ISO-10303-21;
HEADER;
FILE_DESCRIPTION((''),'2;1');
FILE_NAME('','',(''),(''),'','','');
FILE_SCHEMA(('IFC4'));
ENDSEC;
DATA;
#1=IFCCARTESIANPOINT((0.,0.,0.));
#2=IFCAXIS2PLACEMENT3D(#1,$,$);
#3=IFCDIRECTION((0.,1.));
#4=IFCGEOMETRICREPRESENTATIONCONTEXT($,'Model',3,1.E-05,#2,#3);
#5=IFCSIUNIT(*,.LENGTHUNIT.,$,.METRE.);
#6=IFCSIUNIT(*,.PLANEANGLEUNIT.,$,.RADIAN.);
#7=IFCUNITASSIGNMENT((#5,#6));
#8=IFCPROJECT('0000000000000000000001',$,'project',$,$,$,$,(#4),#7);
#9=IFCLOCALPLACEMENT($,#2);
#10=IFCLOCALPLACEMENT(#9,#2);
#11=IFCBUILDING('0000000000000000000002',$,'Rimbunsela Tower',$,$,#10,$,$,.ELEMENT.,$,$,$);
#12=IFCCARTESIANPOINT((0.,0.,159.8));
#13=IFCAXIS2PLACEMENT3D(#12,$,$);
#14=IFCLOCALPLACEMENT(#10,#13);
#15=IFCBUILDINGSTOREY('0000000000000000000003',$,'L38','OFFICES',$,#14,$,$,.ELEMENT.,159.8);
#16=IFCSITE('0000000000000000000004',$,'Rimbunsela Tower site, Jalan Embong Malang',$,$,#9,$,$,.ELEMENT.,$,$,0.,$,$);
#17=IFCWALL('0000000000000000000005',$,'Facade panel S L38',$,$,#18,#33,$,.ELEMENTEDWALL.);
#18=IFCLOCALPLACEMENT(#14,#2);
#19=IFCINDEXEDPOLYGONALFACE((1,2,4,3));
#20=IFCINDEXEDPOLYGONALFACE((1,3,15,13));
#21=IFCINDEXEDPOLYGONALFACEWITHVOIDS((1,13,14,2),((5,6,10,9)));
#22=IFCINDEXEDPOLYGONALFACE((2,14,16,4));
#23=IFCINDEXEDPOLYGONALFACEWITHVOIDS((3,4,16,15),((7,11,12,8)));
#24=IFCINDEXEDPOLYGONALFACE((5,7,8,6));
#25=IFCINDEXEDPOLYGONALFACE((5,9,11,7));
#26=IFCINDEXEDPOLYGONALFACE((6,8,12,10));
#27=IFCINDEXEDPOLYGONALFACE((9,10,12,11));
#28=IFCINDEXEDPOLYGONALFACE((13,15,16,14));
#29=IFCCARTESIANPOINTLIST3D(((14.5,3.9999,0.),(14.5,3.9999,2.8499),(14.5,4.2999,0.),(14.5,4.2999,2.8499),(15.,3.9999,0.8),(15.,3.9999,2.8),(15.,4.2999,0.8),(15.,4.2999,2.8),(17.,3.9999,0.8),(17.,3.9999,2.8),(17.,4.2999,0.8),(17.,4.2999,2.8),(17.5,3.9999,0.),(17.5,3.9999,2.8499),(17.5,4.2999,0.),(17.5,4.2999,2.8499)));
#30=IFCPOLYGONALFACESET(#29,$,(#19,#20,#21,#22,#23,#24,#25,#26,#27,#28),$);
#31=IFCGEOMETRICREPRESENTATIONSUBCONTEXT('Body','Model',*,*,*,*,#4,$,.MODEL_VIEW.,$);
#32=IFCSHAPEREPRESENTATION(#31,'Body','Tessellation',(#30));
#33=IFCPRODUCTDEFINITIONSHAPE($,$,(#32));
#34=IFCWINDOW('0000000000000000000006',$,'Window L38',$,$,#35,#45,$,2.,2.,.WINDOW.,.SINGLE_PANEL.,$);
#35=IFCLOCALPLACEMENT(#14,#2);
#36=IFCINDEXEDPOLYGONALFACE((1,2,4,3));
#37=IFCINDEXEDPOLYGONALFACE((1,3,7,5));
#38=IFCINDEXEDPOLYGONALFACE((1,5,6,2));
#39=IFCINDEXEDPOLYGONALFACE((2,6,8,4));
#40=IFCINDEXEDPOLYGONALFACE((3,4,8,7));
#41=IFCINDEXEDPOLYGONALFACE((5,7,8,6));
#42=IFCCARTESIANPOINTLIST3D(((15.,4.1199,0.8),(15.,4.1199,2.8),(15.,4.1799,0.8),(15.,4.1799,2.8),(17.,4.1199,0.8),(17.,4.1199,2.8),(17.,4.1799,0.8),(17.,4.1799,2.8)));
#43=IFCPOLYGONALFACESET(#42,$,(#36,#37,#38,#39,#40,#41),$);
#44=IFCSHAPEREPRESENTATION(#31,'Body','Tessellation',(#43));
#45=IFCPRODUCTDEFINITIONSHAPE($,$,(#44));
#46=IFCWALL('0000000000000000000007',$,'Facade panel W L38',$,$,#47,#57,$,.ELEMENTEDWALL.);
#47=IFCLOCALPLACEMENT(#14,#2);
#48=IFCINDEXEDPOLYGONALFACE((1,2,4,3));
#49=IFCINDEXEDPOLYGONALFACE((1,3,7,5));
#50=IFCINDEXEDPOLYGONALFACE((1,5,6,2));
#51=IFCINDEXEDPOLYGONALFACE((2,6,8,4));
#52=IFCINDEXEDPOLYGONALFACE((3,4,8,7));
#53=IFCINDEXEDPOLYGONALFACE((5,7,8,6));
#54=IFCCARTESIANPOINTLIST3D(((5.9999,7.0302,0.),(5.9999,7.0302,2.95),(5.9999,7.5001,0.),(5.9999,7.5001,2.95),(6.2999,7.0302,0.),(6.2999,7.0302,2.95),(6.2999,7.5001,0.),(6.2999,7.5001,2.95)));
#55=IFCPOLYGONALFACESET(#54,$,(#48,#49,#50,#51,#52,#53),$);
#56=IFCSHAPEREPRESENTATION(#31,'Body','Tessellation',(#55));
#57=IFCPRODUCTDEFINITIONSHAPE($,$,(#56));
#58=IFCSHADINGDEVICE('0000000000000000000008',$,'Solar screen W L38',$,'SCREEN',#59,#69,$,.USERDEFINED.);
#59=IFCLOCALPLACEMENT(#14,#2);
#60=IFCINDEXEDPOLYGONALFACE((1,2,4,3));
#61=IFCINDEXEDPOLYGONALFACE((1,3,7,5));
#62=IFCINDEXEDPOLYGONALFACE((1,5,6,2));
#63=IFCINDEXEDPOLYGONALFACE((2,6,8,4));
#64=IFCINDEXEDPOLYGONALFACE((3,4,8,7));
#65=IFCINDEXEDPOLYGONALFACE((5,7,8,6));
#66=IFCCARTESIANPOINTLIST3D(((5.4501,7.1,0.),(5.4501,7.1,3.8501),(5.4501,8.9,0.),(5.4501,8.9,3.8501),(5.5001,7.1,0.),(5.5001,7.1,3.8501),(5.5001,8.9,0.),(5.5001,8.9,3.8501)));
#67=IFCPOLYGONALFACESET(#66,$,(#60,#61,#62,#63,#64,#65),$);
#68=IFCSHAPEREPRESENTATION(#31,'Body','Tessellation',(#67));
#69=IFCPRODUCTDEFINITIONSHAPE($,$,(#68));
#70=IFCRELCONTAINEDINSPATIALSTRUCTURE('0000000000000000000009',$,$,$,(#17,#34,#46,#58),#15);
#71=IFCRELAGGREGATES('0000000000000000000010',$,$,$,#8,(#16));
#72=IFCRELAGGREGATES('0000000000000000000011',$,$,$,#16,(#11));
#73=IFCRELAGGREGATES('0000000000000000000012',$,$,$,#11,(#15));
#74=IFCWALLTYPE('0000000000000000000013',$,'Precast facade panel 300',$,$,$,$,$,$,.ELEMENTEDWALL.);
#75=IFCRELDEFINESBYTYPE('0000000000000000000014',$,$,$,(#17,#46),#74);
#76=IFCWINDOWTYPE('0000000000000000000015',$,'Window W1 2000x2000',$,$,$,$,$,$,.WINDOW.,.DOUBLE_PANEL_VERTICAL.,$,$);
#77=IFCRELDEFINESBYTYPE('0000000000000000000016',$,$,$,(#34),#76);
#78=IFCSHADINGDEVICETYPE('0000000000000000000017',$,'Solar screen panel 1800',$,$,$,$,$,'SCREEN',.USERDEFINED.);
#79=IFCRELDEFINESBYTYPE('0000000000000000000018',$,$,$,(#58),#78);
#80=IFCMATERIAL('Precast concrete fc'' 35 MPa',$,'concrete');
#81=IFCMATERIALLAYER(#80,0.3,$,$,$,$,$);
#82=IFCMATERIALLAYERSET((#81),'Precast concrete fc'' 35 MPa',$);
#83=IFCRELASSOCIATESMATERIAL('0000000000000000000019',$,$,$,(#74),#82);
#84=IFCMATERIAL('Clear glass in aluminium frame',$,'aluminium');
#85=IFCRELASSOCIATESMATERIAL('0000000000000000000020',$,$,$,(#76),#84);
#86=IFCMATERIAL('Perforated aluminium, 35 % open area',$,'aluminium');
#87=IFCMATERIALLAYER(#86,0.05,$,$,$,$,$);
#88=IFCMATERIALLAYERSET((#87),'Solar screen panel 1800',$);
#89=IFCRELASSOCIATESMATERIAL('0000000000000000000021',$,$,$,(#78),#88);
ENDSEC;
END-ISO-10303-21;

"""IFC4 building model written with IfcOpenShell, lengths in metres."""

from ifc_helpers import new_model, si_unit, direction, frame, frame_2d, origin, origin_2d, place, context, subcontext, project, spatial, rectangle, extrude, material, layer, layer_set, type_object, element, fill, save


model = new_model("IFC4")

# Units and contexts
model_context = context("Model", 3, precision=1e-05, world=origin(), true_north=direction((0.0, 1.0)))
body_context = subcontext(model_context, "Body", "Model", "MODEL_VIEW")
ifc_project = project(units=[si_unit("LENGTHUNIT", "METRE"), si_unit("PLANEANGLEUNIT", "RADIAN")], contexts=[model_context])

# Site, building, storey
site_placement = place(None, origin())
site = spatial("IfcSite", under=ifc_project, at=site_placement, Name="Rimbunsela Tower site, Jalan Embong Malang", CompositionType="ELEMENT", RefElevation=0.0)
building_placement = place(site_placement, origin())
building = spatial("IfcBuilding", under=site, at=building_placement, Name="Rimbunsela Tower", CompositionType="ELEMENT")
storey_placement = place(building_placement, frame((0.0, 0.0, 159.8)))
storey = spatial("IfcBuildingStorey", under=building, at=storey_placement, Name="L38", Description="OFFICES", CompositionType="ELEMENT", Elevation=159.8)

# Shared definitions
ifc_material_1 = material(Name="Precast concrete fc' 35 MPa", Category="concrete")
ifc_layer_1 = layer(ifc_material_1, 0.3)
ifc_layer_set_1 = layer_set([ifc_layer_1], Name="Precast concrete fc' 35 MPa")
wall_type_1 = type_object("IfcWallType", Name="Precast facade panel 300", PredefinedType="ELEMENTEDWALL", material=ifc_layer_set_1)

# Wall, opening, window
ifc_material_2 = material(Name="Clear glass in aluminium frame", Category="aluminium")
window_type = type_object("IfcWindowType", Name="Window W1 2000x2000", PartitioningType="DOUBLE_PANEL_VERTICAL", PredefinedType="WINDOW", material=ifc_material_2)
wall_1_placement = place(storey_placement, frame((14.5, 4.1499, 0.0), z_axis=(0.0, 0.0, 1.0), x_axis=(1.0, 0.0, 0.0)))
wall_1 = element("IfcWall", 1, at=wall_1_placement, inside=storey, type_object=wall_type_1, Name="Facade panel S L38", PredefinedType="ELEMENTEDWALL", context=body_context, shape_type="SweptSolid", body=[
    extrude(rectangle(XDim=3.0, YDim=0.3, at=frame_2d((1.5, 0.0))), origin(), (0.0, 0.0, 1.0), 2.8499),
])
opening_1_placement = place(wall_1_placement, frame((0.5, 0.0, 0.8)))
opening_1 = element("IfcOpeningElement", 2, at=opening_1_placement, cuts=wall_1, PredefinedType="OPENING", context=body_context, shape_type="SweptSolid", body=[
    extrude(rectangle(XDim=2.0, YDim=2.0, at=frame_2d((1.0, 1.0))), frame((0.0, 0.1599, 0.0), z_axis=(0.0, -1.0, 0.0), x_axis=(1.0, 0.0, 0.0)), (0.0, 0.0, 1.0), 0.3201),
])
window_1_placement = place(opening_1_placement, origin())
window_1 = element("IfcWindow", 3, at=window_1_placement, inside=storey, type_object=window_type, Name="Window L38", OverallHeight=2.0, OverallWidth=2.0, PartitioningType="SINGLE_PANEL", PredefinedType="WINDOW", context=body_context, shape_type="SweptSolid", body=[
    extrude(rectangle(XDim=2.0, YDim=2.0, at=frame_2d((1.0, 1.0))), frame((0.0, 0.03, 0.0), z_axis=(0.0, -1.0, 0.0), x_axis=(1.0, 0.0, 0.0)), (0.0, 0.0, 1.0), 0.0601),
])
fill(opening_1, window_1)

# Wall
wall_2_placement = place(storey_placement, frame((6.1499, 7.5, 0.0), z_axis=(0.0, 0.0, 1.0), x_axis=(0.0, -1.0, 0.0)))
element("IfcWall", 4, at=wall_2_placement, inside=storey, type_object=wall_type_1, Name="Facade panel W L38", PredefinedType="ELEMENTEDWALL", context=body_context, shape_type="SweptSolid", body=[
    extrude(rectangle(XDim=0.47, YDim=0.3, at=frame_2d((0.2349, 0.0))), origin(), (0.0, 0.0, 1.0), 2.95),
])

# Shading device
ifc_material_3 = material(Name="Perforated aluminium, 35 % open area", Category="aluminium")
ifc_layer_2 = layer(ifc_material_3, 0.05)
ifc_layer_set_2 = layer_set([ifc_layer_2], Name="Solar screen panel 1800")
shading_device_type = type_object("IfcShadingDeviceType", Name="Solar screen panel 1800", ElementType="SCREEN", PredefinedType="USERDEFINED", material=ifc_layer_set_2)
shading_device_placement = place(storey_placement, frame((5.4751, 8.0, 0.0), z_axis=(0.0, 0.0, 1.0), x_axis=(0.0, 1.0, 0.0)))
element("IfcShadingDevice", 5, at=shading_device_placement, inside=storey, type_object=shading_device_type, Name="Solar screen W L38", ObjectType="SCREEN", PredefinedType="USERDEFINED", context=body_context, shape_type="SweptSolid", body=[
    extrude(rectangle(XDim=1.8, YDim=0.05, at=origin_2d()), origin(), (0.0, 0.0, 1.0), 3.8501),
])

save(model, "model.ifc")
